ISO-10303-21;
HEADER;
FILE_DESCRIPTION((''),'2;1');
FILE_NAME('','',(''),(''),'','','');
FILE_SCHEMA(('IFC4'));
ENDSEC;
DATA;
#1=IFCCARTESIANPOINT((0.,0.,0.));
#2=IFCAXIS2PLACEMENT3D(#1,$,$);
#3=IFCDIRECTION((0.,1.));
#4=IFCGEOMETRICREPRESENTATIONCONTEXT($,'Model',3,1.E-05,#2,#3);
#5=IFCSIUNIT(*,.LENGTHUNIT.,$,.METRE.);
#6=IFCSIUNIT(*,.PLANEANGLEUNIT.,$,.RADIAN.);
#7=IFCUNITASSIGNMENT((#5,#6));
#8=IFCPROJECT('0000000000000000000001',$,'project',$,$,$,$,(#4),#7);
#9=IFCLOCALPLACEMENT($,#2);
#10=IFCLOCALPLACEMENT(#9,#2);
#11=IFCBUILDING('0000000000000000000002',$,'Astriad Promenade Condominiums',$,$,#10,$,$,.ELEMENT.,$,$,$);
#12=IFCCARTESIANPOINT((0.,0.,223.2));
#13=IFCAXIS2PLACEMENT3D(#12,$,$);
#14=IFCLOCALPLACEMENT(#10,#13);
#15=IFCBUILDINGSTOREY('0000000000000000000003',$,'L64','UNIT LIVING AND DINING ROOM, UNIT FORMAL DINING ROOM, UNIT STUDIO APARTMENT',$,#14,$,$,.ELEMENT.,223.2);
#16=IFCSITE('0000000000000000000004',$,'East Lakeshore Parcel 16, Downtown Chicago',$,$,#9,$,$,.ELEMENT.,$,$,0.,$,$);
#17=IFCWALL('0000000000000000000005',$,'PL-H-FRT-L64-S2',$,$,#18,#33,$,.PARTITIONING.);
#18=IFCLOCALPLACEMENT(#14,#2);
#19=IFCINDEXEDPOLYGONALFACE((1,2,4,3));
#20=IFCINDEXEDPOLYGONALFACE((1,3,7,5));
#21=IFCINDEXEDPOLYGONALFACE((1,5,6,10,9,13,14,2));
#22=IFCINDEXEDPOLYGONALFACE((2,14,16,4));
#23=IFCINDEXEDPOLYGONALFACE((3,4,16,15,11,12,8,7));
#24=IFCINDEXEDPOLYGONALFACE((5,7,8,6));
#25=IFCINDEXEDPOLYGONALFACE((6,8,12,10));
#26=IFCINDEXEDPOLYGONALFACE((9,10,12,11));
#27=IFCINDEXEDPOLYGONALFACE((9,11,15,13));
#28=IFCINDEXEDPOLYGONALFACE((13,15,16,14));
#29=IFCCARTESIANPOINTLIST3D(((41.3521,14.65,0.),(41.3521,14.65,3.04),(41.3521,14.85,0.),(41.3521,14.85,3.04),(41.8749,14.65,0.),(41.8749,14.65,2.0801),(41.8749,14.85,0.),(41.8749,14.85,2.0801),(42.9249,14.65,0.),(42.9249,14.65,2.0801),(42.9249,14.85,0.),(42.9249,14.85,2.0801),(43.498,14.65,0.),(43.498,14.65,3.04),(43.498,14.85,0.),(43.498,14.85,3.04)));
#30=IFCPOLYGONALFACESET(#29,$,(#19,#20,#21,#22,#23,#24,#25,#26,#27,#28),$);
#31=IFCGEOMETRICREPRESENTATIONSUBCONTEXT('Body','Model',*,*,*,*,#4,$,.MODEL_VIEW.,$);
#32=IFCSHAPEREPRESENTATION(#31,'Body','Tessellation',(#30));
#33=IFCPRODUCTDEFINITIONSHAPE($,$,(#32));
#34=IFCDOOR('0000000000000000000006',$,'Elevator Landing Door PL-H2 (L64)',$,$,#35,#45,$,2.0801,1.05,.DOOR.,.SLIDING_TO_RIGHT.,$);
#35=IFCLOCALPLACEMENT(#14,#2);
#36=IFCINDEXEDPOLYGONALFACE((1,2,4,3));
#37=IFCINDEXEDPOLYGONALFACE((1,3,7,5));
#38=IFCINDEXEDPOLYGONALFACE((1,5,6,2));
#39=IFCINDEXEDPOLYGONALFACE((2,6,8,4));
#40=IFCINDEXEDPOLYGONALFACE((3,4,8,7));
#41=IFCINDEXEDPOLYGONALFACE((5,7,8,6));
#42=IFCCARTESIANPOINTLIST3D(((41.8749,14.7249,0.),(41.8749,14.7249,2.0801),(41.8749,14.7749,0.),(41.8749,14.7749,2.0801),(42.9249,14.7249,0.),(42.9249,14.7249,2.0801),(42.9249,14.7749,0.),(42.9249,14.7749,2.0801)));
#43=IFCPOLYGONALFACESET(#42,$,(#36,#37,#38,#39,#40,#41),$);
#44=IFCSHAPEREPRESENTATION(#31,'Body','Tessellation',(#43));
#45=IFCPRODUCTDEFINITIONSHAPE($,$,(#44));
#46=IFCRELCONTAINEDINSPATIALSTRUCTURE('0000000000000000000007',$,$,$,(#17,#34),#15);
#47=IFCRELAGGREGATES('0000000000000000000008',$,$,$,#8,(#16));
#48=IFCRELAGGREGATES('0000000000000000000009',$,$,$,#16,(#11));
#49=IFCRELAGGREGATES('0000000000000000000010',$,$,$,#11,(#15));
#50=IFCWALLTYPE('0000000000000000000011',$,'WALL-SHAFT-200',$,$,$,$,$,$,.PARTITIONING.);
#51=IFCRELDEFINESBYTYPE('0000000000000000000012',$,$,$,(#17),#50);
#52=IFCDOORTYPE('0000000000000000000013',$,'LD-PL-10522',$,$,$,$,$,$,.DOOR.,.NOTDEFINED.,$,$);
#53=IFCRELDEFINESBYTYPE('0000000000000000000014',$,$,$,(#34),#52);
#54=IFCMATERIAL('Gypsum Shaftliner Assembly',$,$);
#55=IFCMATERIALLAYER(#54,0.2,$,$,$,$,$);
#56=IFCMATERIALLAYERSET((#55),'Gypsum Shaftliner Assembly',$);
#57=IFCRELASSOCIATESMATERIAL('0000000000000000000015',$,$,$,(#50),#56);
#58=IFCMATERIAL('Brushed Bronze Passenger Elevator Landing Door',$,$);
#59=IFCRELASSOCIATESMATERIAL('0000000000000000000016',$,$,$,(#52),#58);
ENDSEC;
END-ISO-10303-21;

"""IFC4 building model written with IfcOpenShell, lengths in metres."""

from ifc_helpers import new_model, si_unit, direction, frame, frame_2d, origin, place, context, subcontext, project, spatial, rectangle, extrude, source, transform, mapped, material, layer, layer_set, type_object, type_shapes, element, fill, save


model = new_model("IFC4")

# Units and contexts
model_context = context("Model", 3, precision=1e-05, world=origin(), true_north=direction((0.0, 1.0)))
body_context = subcontext(model_context, "Body", "Model", "MODEL_VIEW")
ifc_project = project(units=[si_unit("LENGTHUNIT", "METRE"), si_unit("PLANEANGLEUNIT", "RADIAN")], contexts=[model_context])

# Site, building, storey
site_placement = place(None, origin())
site = spatial("IfcSite", under=ifc_project, at=site_placement, Name="East Lakeshore Parcel 16, Downtown Chicago", CompositionType="ELEMENT", RefElevation=0.0)
building_placement = place(site_placement, origin())
building = spatial("IfcBuilding", under=site, at=building_placement, Name="Astriad Promenade Condominiums", CompositionType="ELEMENT")
storey_placement = place(building_placement, frame((0.0, 0.0, 223.2)))
storey = spatial("IfcBuildingStorey", under=building, at=storey_placement, Name="L64", Description="UNIT LIVING AND DINING ROOM, UNIT FORMAL DINING ROOM, UNIT STUDIO APARTMENT", CompositionType="ELEMENT", Elevation=223.2)

# Shared definitions
ifc_material_1 = material(Name="Gypsum Shaftliner Assembly")
ifc_layer_1 = layer(ifc_material_1, 0.2)
ifc_layer_set_1 = layer_set([ifc_layer_1], Name="Gypsum Shaftliner Assembly")
wall_type_1 = type_object("IfcWallType", Name="WALL-SHAFT-200", PredefinedType="PARTITIONING", material=ifc_layer_set_1)

# Wall, opening, door
ifc_material_2 = material(Name="Brushed Bronze Passenger Elevator Landing Door")
door_type_1 = type_object("IfcDoorType", Name="LD-PL-10522", OperationType="NOTDEFINED", PredefinedType="DOOR", material=ifc_material_2)
shared_shape_1 = source(origin(), body_context, "Body", "SweptSolid", [
    extrude(rectangle(XDim=1.05, YDim=2.0801, at=frame_2d((0.5249, 1.04))), frame((0.0, 0.0249, 0.0), z_axis=(0.0, -1.0, 0.0), x_axis=(1.0, 0.0, 0.0)), (0.0, 0.0, 1.0), 0.05),
])
type_shapes(door_type_1, [shared_shape_1])
wall_1_placement = place(storey_placement, frame((41.3521, 14.75, 0.0), z_axis=(0.0, 0.0, 1.0), x_axis=(1.0, 0.0, 0.0)))
wall_1 = element("IfcWall", 1, at=wall_1_placement, inside=storey, type_object=wall_type_1, Name="PL-H-FRT-L64-S2", PredefinedType="PARTITIONING", context=body_context, shape_type="SweptSolid", body=[
    extrude(rectangle(XDim=2.146, YDim=0.2, at=frame_2d((1.073, 0.0))), origin(), (0.0, 0.0, 1.0), 3.04),
])
opening_1_placement = place(wall_1_placement, frame((0.5229, 0.0, 0.0)))
opening_1 = element("IfcOpeningElement", 2, at=opening_1_placement, cuts=wall_1, PredefinedType="OPENING", context=body_context, shape_type="SweptSolid", body=[
    extrude(rectangle(XDim=1.05, YDim=2.0801, at=frame_2d((0.5249, 1.04))), frame((0.0, 0.1099, 0.0), z_axis=(0.0, -1.0, 0.0), x_axis=(1.0, 0.0, 0.0)), (0.0, 0.0, 1.0), 0.22),
])
door_1_placement = place(opening_1_placement, origin())
door_1 = element("IfcDoor", 3, at=door_1_placement, inside=storey, type_object=door_type_1, Name="Elevator Landing Door PL-H2 (L64)", OperationType="SLIDING_TO_RIGHT", OverallHeight=2.0801, OverallWidth=1.05, PredefinedType="DOOR", context=body_context, shape_type="MappedRepresentation", body=[
    mapped(shared_shape_1, transform((0.0, 0.0, 0.0), scale=1.0)),
])
fill(opening_1, door_1)

save(model, "model.ifc")
